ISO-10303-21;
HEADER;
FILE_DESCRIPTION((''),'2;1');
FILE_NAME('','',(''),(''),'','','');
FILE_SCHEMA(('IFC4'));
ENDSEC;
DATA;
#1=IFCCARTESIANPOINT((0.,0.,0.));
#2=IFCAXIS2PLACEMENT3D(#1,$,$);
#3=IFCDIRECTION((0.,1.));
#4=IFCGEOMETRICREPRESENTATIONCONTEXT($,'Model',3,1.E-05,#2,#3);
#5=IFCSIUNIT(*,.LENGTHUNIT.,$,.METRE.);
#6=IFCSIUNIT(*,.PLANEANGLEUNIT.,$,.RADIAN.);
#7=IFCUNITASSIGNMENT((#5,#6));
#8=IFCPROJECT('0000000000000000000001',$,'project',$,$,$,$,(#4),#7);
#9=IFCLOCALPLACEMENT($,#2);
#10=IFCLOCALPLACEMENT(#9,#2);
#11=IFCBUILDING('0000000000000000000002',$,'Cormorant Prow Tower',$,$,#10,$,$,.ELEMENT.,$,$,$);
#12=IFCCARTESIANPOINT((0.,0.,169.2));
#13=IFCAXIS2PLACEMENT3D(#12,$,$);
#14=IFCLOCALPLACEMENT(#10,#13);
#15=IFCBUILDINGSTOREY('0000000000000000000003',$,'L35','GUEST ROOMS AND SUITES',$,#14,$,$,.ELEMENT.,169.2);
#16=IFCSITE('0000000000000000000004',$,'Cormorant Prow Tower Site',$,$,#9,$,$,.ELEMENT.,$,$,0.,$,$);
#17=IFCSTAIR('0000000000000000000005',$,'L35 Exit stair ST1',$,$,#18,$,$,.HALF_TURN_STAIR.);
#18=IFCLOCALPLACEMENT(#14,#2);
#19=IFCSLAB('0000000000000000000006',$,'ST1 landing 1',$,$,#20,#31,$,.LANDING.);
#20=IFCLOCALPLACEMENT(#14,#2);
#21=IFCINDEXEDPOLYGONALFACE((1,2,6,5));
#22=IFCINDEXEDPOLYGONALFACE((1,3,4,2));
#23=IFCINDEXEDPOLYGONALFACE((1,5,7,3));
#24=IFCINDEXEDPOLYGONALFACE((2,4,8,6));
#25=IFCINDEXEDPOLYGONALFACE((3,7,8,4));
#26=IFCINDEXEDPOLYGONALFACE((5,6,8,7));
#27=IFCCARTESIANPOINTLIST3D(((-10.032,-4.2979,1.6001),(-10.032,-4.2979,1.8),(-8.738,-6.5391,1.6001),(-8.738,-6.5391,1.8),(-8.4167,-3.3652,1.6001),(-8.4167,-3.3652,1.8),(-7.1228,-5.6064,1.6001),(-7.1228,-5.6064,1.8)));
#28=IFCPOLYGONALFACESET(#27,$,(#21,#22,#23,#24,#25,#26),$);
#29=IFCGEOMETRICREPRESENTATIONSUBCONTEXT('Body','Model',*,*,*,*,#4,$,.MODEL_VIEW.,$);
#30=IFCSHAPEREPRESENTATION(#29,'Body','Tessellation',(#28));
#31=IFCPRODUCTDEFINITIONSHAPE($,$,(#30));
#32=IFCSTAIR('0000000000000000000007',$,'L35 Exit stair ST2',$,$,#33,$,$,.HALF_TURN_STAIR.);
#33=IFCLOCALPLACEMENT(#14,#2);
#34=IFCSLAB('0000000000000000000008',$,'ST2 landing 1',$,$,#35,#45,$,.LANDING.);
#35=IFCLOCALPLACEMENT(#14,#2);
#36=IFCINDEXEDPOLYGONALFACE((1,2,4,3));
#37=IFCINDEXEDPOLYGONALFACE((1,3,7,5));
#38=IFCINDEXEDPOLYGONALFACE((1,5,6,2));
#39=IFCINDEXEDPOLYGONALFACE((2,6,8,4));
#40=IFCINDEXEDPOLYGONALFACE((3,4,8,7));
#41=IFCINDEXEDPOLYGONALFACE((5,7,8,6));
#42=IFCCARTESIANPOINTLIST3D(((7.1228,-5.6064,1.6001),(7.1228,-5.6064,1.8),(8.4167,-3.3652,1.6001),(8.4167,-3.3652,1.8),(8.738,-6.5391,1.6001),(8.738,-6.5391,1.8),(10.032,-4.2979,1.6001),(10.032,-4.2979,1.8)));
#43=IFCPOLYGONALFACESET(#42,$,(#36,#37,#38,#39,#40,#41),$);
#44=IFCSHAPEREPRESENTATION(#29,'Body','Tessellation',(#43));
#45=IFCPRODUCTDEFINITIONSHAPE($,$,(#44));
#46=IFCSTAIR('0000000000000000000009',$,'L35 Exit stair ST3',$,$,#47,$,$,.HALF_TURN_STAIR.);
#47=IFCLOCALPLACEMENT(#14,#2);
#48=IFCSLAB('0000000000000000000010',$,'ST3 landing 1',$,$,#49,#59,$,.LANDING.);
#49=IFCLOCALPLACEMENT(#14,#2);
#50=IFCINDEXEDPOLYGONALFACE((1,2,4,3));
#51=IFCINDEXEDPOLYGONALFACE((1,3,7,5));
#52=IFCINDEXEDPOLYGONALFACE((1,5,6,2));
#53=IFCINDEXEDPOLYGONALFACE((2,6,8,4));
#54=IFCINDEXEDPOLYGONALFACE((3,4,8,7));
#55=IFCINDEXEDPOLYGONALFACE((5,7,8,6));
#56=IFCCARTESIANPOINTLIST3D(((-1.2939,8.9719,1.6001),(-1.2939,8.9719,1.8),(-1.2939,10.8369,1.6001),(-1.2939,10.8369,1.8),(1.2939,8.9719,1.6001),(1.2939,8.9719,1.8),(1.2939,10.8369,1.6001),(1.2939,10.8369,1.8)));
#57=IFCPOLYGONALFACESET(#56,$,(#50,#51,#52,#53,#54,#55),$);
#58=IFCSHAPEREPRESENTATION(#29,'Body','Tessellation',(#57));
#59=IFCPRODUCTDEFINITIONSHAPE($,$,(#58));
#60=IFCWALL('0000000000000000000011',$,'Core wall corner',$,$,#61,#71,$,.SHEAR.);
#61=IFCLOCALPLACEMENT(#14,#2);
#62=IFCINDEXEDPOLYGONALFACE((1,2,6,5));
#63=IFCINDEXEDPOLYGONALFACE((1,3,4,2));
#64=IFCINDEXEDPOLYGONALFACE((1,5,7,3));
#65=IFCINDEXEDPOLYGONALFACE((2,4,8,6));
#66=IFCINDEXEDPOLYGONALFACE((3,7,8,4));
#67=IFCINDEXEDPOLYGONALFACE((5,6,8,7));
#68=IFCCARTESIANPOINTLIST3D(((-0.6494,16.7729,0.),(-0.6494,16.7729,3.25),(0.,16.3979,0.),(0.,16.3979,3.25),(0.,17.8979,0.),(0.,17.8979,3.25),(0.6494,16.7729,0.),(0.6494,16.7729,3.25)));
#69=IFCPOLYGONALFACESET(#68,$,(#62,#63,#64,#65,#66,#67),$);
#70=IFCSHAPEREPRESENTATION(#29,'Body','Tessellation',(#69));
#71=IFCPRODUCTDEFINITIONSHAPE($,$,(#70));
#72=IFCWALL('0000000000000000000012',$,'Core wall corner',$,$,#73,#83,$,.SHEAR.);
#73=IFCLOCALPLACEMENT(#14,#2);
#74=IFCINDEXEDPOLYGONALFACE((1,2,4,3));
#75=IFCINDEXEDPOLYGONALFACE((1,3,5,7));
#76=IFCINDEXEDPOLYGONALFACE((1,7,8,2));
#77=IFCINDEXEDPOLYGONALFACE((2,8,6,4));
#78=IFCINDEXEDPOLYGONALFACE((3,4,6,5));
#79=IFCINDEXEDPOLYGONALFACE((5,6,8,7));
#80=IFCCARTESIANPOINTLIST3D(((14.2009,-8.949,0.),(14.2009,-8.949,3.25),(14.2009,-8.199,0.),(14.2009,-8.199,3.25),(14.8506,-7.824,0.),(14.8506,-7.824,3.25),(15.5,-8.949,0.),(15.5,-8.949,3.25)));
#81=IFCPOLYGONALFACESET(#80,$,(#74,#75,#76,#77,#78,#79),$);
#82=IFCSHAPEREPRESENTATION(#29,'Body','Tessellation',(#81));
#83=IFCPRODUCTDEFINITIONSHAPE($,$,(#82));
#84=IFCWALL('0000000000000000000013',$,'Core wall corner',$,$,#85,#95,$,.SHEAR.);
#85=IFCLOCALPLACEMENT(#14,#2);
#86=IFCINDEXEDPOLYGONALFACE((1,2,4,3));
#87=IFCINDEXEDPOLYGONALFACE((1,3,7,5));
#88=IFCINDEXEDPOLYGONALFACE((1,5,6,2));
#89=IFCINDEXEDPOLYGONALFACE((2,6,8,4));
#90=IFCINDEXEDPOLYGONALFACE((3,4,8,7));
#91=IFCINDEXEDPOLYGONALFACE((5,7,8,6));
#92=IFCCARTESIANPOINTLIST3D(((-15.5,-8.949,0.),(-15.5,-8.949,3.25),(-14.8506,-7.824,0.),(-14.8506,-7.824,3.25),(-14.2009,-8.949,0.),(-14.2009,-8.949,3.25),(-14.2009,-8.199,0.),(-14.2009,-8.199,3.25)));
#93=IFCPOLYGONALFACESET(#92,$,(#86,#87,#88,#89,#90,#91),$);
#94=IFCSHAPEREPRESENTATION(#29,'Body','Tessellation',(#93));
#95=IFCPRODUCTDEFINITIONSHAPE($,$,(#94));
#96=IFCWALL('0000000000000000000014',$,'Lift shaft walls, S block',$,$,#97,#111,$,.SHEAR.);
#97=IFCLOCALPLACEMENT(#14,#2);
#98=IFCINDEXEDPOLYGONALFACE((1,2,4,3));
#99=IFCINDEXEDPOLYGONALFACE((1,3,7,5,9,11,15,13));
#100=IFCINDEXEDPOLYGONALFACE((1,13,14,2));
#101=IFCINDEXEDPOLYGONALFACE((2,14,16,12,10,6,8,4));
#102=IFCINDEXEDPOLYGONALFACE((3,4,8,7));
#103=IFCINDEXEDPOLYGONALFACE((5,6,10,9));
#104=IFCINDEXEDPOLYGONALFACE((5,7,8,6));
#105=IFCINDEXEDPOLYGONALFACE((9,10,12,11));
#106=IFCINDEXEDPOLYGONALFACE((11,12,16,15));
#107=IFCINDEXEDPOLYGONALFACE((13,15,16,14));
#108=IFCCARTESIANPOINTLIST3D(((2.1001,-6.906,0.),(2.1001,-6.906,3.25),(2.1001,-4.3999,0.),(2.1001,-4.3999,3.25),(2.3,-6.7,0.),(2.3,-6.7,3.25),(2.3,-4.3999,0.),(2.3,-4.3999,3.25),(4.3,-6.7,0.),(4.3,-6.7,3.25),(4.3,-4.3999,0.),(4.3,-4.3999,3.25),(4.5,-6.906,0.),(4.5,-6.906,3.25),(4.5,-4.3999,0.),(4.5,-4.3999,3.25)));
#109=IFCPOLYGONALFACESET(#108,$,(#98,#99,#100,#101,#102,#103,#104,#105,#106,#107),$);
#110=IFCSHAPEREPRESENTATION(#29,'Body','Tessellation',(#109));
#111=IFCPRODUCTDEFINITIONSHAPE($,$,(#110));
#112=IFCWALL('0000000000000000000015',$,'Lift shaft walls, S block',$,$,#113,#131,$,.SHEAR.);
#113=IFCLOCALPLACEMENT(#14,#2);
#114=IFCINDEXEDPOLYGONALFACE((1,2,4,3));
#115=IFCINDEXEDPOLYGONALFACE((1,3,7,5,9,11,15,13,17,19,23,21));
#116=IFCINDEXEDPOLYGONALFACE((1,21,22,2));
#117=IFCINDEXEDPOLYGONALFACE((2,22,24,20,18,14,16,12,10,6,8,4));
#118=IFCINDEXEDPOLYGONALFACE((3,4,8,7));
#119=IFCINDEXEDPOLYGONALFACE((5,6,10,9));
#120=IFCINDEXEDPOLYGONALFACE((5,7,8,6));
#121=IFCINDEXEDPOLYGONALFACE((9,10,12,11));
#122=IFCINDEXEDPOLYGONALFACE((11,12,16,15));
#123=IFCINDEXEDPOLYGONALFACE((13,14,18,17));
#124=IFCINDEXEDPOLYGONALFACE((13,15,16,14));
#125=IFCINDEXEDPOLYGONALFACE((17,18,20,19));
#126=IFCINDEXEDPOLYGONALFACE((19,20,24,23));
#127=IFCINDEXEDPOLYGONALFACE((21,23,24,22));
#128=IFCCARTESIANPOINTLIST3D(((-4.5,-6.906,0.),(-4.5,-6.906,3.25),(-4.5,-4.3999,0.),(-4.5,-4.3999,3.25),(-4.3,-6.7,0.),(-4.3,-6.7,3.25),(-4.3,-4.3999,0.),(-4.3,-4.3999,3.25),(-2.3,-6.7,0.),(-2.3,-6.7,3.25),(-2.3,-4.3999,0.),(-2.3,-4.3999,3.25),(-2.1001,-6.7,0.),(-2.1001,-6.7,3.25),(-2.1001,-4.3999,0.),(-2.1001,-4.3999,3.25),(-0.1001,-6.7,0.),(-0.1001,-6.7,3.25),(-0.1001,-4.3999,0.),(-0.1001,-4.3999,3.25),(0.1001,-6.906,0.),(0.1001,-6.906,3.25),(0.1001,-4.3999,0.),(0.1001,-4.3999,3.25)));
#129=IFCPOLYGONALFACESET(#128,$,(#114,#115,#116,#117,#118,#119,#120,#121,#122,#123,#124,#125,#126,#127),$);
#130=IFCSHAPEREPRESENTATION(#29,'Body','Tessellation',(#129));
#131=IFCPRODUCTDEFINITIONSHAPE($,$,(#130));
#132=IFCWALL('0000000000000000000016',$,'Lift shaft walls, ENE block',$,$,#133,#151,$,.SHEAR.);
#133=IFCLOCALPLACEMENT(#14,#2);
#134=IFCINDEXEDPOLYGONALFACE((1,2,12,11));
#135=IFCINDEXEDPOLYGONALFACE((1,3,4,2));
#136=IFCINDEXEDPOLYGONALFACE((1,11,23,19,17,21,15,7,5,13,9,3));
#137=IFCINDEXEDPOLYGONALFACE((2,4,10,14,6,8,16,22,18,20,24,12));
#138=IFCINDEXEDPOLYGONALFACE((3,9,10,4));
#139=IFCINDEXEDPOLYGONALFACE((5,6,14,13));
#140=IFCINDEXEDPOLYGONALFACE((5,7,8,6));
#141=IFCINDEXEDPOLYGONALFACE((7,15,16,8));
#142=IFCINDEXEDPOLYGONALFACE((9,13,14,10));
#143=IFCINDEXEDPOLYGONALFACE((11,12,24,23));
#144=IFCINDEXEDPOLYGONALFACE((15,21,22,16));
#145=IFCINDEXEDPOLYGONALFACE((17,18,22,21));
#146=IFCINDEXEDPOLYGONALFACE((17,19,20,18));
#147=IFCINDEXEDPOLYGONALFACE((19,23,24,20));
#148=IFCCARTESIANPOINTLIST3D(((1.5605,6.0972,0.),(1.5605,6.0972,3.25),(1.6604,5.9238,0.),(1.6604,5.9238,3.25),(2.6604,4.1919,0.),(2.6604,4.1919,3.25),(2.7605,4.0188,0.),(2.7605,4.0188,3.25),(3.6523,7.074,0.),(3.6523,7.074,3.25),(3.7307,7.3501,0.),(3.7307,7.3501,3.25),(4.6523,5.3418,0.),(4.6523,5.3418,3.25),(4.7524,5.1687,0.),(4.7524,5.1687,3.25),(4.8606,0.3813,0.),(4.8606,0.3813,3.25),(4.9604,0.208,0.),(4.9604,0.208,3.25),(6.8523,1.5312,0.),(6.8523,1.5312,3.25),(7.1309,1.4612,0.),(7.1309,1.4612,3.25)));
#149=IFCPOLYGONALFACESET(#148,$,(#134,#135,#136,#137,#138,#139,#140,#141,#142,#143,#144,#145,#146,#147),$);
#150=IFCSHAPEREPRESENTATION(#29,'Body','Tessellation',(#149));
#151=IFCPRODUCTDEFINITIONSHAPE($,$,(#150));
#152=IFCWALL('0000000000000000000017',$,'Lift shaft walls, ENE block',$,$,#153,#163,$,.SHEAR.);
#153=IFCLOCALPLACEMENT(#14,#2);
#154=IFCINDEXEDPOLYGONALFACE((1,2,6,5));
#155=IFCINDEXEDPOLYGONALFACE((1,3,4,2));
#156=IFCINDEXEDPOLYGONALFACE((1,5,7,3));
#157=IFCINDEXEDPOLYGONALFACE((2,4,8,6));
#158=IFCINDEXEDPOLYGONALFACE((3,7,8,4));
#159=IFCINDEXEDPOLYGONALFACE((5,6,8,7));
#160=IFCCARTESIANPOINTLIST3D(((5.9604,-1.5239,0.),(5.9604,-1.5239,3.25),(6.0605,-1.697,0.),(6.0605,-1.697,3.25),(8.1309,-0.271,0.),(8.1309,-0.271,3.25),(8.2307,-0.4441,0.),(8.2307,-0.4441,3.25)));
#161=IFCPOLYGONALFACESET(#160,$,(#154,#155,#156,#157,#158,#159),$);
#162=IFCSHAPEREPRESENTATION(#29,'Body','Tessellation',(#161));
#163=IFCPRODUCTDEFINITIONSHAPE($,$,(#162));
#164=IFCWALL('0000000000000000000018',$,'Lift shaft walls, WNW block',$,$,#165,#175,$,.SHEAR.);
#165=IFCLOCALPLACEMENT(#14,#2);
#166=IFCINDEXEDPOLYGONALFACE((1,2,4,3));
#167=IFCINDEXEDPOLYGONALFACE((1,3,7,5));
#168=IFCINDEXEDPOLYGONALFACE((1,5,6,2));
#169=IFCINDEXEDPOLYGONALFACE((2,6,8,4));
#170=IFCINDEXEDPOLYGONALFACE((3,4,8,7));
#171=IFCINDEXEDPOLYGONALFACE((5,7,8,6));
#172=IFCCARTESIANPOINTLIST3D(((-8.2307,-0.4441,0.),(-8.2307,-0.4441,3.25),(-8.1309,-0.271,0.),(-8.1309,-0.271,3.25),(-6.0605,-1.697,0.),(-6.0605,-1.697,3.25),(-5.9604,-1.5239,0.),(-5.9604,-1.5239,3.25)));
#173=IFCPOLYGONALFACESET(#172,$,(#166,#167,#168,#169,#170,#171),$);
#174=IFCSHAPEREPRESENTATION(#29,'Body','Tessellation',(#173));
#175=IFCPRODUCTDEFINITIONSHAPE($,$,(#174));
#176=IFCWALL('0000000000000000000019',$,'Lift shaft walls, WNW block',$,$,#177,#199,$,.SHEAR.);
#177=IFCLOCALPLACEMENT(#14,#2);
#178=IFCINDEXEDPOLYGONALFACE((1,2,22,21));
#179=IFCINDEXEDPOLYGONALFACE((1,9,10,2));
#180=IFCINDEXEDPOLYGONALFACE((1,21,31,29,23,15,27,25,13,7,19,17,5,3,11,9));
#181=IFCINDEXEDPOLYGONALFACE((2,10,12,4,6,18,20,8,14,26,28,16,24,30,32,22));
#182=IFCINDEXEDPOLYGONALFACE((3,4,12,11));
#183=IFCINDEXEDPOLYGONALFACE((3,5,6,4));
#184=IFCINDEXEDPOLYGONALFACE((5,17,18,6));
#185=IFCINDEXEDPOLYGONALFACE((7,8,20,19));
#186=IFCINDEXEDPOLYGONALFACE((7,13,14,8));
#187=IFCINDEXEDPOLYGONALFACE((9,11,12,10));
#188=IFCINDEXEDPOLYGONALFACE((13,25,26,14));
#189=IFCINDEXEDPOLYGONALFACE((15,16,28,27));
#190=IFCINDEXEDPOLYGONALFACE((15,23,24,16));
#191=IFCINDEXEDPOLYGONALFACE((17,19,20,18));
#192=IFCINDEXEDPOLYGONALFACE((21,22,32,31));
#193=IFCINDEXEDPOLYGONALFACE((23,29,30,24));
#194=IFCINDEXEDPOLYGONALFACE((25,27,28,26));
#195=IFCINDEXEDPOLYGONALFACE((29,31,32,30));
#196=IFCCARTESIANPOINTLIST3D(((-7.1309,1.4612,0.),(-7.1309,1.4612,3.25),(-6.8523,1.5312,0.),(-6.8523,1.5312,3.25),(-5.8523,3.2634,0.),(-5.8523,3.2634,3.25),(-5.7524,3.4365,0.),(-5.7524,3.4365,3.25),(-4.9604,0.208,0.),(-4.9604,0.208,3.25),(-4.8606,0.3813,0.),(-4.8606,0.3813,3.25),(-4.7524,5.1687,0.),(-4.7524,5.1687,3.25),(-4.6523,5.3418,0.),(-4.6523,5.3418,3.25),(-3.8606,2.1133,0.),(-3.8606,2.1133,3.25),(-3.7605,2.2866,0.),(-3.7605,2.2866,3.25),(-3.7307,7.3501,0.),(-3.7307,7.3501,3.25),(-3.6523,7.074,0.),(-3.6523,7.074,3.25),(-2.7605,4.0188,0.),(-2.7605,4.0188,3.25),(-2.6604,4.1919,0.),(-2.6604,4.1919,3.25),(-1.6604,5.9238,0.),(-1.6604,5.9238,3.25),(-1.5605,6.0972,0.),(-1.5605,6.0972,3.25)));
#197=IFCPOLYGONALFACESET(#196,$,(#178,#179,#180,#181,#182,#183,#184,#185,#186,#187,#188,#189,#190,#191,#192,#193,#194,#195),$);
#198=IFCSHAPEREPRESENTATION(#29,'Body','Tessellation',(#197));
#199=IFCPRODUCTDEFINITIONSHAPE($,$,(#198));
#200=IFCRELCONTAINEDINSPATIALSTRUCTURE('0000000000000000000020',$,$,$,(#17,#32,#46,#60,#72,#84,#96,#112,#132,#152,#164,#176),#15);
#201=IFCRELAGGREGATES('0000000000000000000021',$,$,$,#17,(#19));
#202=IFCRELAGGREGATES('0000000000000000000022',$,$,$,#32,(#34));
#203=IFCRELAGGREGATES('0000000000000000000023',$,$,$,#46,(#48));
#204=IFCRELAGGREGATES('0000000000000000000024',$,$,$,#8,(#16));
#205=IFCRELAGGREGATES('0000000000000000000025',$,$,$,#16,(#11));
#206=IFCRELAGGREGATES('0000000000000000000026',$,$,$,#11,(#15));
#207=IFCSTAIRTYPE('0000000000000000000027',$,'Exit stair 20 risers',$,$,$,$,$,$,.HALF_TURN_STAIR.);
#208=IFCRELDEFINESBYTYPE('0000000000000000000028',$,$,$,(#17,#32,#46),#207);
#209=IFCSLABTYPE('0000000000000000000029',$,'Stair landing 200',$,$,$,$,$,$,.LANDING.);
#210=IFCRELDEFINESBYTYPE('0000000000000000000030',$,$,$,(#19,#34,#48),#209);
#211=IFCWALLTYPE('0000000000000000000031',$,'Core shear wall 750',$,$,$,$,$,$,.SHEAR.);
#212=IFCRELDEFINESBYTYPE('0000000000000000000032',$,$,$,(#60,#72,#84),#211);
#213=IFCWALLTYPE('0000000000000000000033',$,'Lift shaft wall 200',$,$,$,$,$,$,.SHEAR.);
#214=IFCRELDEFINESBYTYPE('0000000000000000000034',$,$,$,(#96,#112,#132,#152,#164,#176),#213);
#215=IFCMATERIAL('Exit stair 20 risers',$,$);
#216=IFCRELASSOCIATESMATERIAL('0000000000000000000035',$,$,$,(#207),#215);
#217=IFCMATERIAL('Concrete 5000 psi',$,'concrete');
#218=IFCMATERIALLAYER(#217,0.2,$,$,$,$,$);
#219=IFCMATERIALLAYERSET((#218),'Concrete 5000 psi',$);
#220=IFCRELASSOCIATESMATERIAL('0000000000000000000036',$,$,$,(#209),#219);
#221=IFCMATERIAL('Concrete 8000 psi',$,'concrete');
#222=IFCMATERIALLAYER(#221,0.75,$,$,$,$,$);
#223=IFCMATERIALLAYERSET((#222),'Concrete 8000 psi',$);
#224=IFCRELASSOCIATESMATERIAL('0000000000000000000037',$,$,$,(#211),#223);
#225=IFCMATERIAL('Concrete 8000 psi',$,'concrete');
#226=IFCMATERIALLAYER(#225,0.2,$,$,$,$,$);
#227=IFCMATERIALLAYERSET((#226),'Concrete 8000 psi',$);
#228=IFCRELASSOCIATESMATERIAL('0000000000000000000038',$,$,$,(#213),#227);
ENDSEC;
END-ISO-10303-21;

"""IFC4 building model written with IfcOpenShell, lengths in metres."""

from ifc_helpers import new_model, si_unit, direction, frame, origin, place, context, subcontext, project, spatial, polyline, outline, extrude, material, layer, layer_set, type_object, element, aggregate, save


model = new_model("IFC4")

# Units and contexts
model_context = context("Model", 3, precision=1e-05, world=origin(), true_north=direction((0.0, 1.0)))
body_context = subcontext(model_context, "Body", "Model", "MODEL_VIEW")
ifc_project = project(units=[si_unit("LENGTHUNIT", "METRE"), si_unit("PLANEANGLEUNIT", "RADIAN")], contexts=[model_context])

# Site, building, storey
site_placement = place(None, origin())
site = spatial("IfcSite", under=ifc_project, at=site_placement, Name="Cormorant Prow Tower Site", CompositionType="ELEMENT", RefElevation=0.0)
building_placement = place(site_placement, origin())
building = spatial("IfcBuilding", under=site, at=building_placement, Name="Cormorant Prow Tower", CompositionType="ELEMENT")
storey_placement = place(building_placement, frame((0.0, 0.0, 169.2)))
storey = spatial("IfcBuildingStorey", under=building, at=storey_placement, Name="L35", Description="GUEST ROOMS AND SUITES", CompositionType="ELEMENT", Elevation=169.2)

# Stairs, slabs
ifc_material_1 = material(Name="Exit stair 20 risers")
stair_type = type_object("IfcStairType", Name="Exit stair 20 risers", PredefinedType="HALF_TURN_STAIR", material=ifc_material_1)
stair_1_placement = place(storey_placement, origin())
stair_1 = element("IfcStair", 1, at=stair_1_placement, inside=storey, type_object=stair_type, Name="L35 Exit stair ST1", PredefinedType="HALF_TURN_STAIR")
ifc_material_2 = material(Name="Concrete 5000 psi", Category="concrete")
ifc_layer_1 = layer(ifc_material_2, 0.2)
ifc_layer_set_1 = layer_set([ifc_layer_1], Name="Concrete 5000 psi")
slab_type = type_object("IfcSlabType", Name="Stair landing 200", PredefinedType="LANDING", material=ifc_layer_set_1)
slab_1_placement = place(storey_placement, frame((0.0, 0.0, 1.6001)))
slab_1 = element("IfcSlab", 2, at=slab_1_placement, type_object=slab_type, Name="ST1 landing 1", PredefinedType="LANDING", context=body_context, shape_type="SweptSolid", body=[
    extrude(outline(polyline([(-8.4167, -3.3652), (-10.032, -4.2979), (-8.738, -6.5391), (-7.1228, -5.6064), (-8.4167, -3.3652)])), origin(), (0.0, 0.0, 1.0), 0.2),
])
aggregate(stair_1, [slab_1])
stair_2_placement = place(storey_placement, origin())
stair_2 = element("IfcStair", 3, at=stair_2_placement, inside=storey, type_object=stair_type, Name="L35 Exit stair ST2", PredefinedType="HALF_TURN_STAIR")
slab_2_placement = place(storey_placement, frame((0.0, 0.0, 1.6001)))
slab_2 = element("IfcSlab", 4, at=slab_2_placement, type_object=slab_type, Name="ST2 landing 1", PredefinedType="LANDING", context=body_context, shape_type="SweptSolid", body=[
    extrude(outline(polyline([(7.1228, -5.6064), (8.738, -6.5391), (10.032, -4.2979), (8.4167, -3.3652), (7.1228, -5.6064)])), origin(), (0.0, 0.0, 1.0), 0.2),
])
aggregate(stair_2, [slab_2])
stair_3_placement = place(storey_placement, origin())
stair_3 = element("IfcStair", 5, at=stair_3_placement, inside=storey, type_object=stair_type, Name="L35 Exit stair ST3", PredefinedType="HALF_TURN_STAIR")
slab_3_placement = place(storey_placement, frame((0.0, 0.0, 1.6001)))
slab_3 = element("IfcSlab", 6, at=slab_3_placement, type_object=slab_type, Name="ST3 landing 1", PredefinedType="LANDING", context=body_context, shape_type="SweptSolid", body=[
    extrude(outline(polyline([(1.2939, 8.9719), (1.2939, 10.8369), (-1.2939, 10.8369), (-1.2939, 8.9719), (1.2939, 8.9719)])), origin(), (0.0, 0.0, 1.0), 0.2),
])

# Walls
ifc_material_3 = material(Name="Concrete 8000 psi", Category="concrete")
ifc_layer_2 = layer(ifc_material_3, 0.75)
ifc_layer_set_2 = layer_set([ifc_layer_2], Name="Concrete 8000 psi")
wall_type_1 = type_object("IfcWallType", Name="Core shear wall 750", PredefinedType="SHEAR", material=ifc_layer_set_2)
wall_1_placement = place(storey_placement, origin())
element("IfcWall", 7, at=wall_1_placement, inside=storey, type_object=wall_type_1, Name="Core wall corner", PredefinedType="SHEAR", context=body_context, shape_type="SweptSolid", body=[
    extrude(outline(polyline([(-0.6494, 16.7729), (0.0, 17.8979), (0.6494, 16.7729), (0.0, 16.3979), (-0.6494, 16.7729)])), origin(), (0.0, 0.0, 1.0), 3.25),
])
wall_2_placement = place(storey_placement, origin())
element("IfcWall", 8, at=wall_2_placement, inside=storey, type_object=wall_type_1, Name="Core wall corner", PredefinedType="SHEAR", context=body_context, shape_type="SweptSolid", body=[
    extrude(outline(polyline([(14.2009, -8.949), (14.2009, -8.199), (14.8506, -7.824), (15.5, -8.949), (14.2009, -8.949)])), origin(), (0.0, 0.0, 1.0), 3.25),
])
wall_3_placement = place(storey_placement, origin())
element("IfcWall", 9, at=wall_3_placement, inside=storey, type_object=wall_type_1, Name="Core wall corner", PredefinedType="SHEAR", context=body_context, shape_type="SweptSolid", body=[
    extrude(outline(polyline([(-14.8506, -7.824), (-14.2009, -8.199), (-14.2009, -8.949), (-15.5, -8.949), (-14.8506, -7.824)])), origin(), (0.0, 0.0, 1.0), 3.25),
])
ifc_material_4 = material(Name="Concrete 8000 psi", Category="concrete")
ifc_layer_3 = layer(ifc_material_4, 0.2)
ifc_layer_set_3 = layer_set([ifc_layer_3], Name="Concrete 8000 psi")
wall_type_2 = type_object("IfcWallType", Name="Lift shaft wall 200", PredefinedType="SHEAR", material=ifc_layer_set_3)
wall_4_placement = place(storey_placement, origin())
element("IfcWall", 10, at=wall_4_placement, inside=storey, type_object=wall_type_2, Name="Lift shaft walls, S block", PredefinedType="SHEAR", context=body_context, shape_type="SweptSolid", body=[
    extrude(outline(polyline([(4.5, -4.3999), (4.5, -6.906), (2.1001, -6.906), (2.1001, -4.3999), (2.3, -4.3999), (2.3, -6.7), (4.3, -6.7), (4.3, -4.3999), (4.5, -4.3999)])), origin(), (0.0, 0.0, 1.0), 3.25),
])
wall_5_placement = place(storey_placement, origin())
element("IfcWall", 11, at=wall_5_placement, inside=storey, type_object=wall_type_2, Name="Lift shaft walls, S block", PredefinedType="SHEAR", context=body_context, shape_type="SweptSolid", body=[
    extrude(outline(polyline([(0.1001, -4.3999), (0.1001, -6.906), (-4.5, -6.906), (-4.5, -4.3999), (-4.3, -4.3999), (-4.3, -6.7), (-2.3, -6.7), (-2.3, -4.3999), (-2.1001, -4.3999), (-2.1001, -6.7), (-0.1001, -6.7), (-0.1001, -4.3999), (0.1001, -4.3999)])), origin(), (0.0, 0.0, 1.0), 3.25),
])
wall_6_placement = place(storey_placement, origin())
element("IfcWall", 12, at=wall_6_placement, inside=storey, type_object=wall_type_2, Name="Lift shaft walls, ENE block", PredefinedType="SHEAR", context=body_context, shape_type="SweptSolid", body=[
    extrude(outline(polyline([(1.5605, 6.0972), (3.7307, 7.3501), (7.1309, 1.4612), (4.9604, 0.208), (4.8606, 0.3813), (6.8523, 1.5312), (4.7524, 5.1687), (2.7605, 4.0188), (2.6604, 4.1919), (4.6523, 5.3418), (3.6523, 7.074), (1.6604, 5.9238), (1.5605, 6.0972)])), origin(), (0.0, 0.0, 1.0), 3.25),
])
wall_7_placement = place(storey_placement, origin())
element("IfcWall", 13, at=wall_7_placement, inside=storey, type_object=wall_type_2, Name="Lift shaft walls, ENE block", PredefinedType="SHEAR", context=body_context, shape_type="SweptSolid", body=[
    extrude(outline(polyline([(8.2307, -0.4441), (6.0605, -1.697), (5.9604, -1.5239), (8.1309, -0.271), (8.2307, -0.4441)])), origin(), (0.0, 0.0, 1.0), 3.25),
])
wall_8_placement = place(storey_placement, origin())
element("IfcWall", 14, at=wall_8_placement, inside=storey, type_object=wall_type_2, Name="Lift shaft walls, WNW block", PredefinedType="SHEAR", context=body_context, shape_type="SweptSolid", body=[
    extrude(outline(polyline([(-6.0605, -1.697), (-8.2307, -0.4441), (-8.1309, -0.271), (-5.9604, -1.5239), (-6.0605, -1.697)])), origin(), (0.0, 0.0, 1.0), 3.25),
])
wall_9_placement = place(storey_placement, origin())
element("IfcWall", 15, at=wall_9_placement, inside=storey, type_object=wall_type_2, Name="Lift shaft walls, WNW block", PredefinedType="SHEAR", context=body_context, shape_type="SweptSolid", body=[
    extrude(outline(polyline([(-4.9604, 0.208), (-7.1309, 1.4612), (-3.7307, 7.3501), (-1.5605, 6.0972), (-1.6604, 5.9238), (-3.6523, 7.074), (-4.6523, 5.3418), (-2.6604, 4.1919), (-2.7605, 4.0188), (-4.7524, 5.1687), (-5.7524, 3.4365), (-3.7605, 2.2866), (-3.8606, 2.1133), (-5.8523, 3.2634), (-6.8523, 1.5312), (-4.8606, 0.3813), (-4.9604, 0.208)])), origin(), (0.0, 0.0, 1.0), 3.25),
])

aggregate(stair_3, [slab_3])

save(model, "model.ifc")
